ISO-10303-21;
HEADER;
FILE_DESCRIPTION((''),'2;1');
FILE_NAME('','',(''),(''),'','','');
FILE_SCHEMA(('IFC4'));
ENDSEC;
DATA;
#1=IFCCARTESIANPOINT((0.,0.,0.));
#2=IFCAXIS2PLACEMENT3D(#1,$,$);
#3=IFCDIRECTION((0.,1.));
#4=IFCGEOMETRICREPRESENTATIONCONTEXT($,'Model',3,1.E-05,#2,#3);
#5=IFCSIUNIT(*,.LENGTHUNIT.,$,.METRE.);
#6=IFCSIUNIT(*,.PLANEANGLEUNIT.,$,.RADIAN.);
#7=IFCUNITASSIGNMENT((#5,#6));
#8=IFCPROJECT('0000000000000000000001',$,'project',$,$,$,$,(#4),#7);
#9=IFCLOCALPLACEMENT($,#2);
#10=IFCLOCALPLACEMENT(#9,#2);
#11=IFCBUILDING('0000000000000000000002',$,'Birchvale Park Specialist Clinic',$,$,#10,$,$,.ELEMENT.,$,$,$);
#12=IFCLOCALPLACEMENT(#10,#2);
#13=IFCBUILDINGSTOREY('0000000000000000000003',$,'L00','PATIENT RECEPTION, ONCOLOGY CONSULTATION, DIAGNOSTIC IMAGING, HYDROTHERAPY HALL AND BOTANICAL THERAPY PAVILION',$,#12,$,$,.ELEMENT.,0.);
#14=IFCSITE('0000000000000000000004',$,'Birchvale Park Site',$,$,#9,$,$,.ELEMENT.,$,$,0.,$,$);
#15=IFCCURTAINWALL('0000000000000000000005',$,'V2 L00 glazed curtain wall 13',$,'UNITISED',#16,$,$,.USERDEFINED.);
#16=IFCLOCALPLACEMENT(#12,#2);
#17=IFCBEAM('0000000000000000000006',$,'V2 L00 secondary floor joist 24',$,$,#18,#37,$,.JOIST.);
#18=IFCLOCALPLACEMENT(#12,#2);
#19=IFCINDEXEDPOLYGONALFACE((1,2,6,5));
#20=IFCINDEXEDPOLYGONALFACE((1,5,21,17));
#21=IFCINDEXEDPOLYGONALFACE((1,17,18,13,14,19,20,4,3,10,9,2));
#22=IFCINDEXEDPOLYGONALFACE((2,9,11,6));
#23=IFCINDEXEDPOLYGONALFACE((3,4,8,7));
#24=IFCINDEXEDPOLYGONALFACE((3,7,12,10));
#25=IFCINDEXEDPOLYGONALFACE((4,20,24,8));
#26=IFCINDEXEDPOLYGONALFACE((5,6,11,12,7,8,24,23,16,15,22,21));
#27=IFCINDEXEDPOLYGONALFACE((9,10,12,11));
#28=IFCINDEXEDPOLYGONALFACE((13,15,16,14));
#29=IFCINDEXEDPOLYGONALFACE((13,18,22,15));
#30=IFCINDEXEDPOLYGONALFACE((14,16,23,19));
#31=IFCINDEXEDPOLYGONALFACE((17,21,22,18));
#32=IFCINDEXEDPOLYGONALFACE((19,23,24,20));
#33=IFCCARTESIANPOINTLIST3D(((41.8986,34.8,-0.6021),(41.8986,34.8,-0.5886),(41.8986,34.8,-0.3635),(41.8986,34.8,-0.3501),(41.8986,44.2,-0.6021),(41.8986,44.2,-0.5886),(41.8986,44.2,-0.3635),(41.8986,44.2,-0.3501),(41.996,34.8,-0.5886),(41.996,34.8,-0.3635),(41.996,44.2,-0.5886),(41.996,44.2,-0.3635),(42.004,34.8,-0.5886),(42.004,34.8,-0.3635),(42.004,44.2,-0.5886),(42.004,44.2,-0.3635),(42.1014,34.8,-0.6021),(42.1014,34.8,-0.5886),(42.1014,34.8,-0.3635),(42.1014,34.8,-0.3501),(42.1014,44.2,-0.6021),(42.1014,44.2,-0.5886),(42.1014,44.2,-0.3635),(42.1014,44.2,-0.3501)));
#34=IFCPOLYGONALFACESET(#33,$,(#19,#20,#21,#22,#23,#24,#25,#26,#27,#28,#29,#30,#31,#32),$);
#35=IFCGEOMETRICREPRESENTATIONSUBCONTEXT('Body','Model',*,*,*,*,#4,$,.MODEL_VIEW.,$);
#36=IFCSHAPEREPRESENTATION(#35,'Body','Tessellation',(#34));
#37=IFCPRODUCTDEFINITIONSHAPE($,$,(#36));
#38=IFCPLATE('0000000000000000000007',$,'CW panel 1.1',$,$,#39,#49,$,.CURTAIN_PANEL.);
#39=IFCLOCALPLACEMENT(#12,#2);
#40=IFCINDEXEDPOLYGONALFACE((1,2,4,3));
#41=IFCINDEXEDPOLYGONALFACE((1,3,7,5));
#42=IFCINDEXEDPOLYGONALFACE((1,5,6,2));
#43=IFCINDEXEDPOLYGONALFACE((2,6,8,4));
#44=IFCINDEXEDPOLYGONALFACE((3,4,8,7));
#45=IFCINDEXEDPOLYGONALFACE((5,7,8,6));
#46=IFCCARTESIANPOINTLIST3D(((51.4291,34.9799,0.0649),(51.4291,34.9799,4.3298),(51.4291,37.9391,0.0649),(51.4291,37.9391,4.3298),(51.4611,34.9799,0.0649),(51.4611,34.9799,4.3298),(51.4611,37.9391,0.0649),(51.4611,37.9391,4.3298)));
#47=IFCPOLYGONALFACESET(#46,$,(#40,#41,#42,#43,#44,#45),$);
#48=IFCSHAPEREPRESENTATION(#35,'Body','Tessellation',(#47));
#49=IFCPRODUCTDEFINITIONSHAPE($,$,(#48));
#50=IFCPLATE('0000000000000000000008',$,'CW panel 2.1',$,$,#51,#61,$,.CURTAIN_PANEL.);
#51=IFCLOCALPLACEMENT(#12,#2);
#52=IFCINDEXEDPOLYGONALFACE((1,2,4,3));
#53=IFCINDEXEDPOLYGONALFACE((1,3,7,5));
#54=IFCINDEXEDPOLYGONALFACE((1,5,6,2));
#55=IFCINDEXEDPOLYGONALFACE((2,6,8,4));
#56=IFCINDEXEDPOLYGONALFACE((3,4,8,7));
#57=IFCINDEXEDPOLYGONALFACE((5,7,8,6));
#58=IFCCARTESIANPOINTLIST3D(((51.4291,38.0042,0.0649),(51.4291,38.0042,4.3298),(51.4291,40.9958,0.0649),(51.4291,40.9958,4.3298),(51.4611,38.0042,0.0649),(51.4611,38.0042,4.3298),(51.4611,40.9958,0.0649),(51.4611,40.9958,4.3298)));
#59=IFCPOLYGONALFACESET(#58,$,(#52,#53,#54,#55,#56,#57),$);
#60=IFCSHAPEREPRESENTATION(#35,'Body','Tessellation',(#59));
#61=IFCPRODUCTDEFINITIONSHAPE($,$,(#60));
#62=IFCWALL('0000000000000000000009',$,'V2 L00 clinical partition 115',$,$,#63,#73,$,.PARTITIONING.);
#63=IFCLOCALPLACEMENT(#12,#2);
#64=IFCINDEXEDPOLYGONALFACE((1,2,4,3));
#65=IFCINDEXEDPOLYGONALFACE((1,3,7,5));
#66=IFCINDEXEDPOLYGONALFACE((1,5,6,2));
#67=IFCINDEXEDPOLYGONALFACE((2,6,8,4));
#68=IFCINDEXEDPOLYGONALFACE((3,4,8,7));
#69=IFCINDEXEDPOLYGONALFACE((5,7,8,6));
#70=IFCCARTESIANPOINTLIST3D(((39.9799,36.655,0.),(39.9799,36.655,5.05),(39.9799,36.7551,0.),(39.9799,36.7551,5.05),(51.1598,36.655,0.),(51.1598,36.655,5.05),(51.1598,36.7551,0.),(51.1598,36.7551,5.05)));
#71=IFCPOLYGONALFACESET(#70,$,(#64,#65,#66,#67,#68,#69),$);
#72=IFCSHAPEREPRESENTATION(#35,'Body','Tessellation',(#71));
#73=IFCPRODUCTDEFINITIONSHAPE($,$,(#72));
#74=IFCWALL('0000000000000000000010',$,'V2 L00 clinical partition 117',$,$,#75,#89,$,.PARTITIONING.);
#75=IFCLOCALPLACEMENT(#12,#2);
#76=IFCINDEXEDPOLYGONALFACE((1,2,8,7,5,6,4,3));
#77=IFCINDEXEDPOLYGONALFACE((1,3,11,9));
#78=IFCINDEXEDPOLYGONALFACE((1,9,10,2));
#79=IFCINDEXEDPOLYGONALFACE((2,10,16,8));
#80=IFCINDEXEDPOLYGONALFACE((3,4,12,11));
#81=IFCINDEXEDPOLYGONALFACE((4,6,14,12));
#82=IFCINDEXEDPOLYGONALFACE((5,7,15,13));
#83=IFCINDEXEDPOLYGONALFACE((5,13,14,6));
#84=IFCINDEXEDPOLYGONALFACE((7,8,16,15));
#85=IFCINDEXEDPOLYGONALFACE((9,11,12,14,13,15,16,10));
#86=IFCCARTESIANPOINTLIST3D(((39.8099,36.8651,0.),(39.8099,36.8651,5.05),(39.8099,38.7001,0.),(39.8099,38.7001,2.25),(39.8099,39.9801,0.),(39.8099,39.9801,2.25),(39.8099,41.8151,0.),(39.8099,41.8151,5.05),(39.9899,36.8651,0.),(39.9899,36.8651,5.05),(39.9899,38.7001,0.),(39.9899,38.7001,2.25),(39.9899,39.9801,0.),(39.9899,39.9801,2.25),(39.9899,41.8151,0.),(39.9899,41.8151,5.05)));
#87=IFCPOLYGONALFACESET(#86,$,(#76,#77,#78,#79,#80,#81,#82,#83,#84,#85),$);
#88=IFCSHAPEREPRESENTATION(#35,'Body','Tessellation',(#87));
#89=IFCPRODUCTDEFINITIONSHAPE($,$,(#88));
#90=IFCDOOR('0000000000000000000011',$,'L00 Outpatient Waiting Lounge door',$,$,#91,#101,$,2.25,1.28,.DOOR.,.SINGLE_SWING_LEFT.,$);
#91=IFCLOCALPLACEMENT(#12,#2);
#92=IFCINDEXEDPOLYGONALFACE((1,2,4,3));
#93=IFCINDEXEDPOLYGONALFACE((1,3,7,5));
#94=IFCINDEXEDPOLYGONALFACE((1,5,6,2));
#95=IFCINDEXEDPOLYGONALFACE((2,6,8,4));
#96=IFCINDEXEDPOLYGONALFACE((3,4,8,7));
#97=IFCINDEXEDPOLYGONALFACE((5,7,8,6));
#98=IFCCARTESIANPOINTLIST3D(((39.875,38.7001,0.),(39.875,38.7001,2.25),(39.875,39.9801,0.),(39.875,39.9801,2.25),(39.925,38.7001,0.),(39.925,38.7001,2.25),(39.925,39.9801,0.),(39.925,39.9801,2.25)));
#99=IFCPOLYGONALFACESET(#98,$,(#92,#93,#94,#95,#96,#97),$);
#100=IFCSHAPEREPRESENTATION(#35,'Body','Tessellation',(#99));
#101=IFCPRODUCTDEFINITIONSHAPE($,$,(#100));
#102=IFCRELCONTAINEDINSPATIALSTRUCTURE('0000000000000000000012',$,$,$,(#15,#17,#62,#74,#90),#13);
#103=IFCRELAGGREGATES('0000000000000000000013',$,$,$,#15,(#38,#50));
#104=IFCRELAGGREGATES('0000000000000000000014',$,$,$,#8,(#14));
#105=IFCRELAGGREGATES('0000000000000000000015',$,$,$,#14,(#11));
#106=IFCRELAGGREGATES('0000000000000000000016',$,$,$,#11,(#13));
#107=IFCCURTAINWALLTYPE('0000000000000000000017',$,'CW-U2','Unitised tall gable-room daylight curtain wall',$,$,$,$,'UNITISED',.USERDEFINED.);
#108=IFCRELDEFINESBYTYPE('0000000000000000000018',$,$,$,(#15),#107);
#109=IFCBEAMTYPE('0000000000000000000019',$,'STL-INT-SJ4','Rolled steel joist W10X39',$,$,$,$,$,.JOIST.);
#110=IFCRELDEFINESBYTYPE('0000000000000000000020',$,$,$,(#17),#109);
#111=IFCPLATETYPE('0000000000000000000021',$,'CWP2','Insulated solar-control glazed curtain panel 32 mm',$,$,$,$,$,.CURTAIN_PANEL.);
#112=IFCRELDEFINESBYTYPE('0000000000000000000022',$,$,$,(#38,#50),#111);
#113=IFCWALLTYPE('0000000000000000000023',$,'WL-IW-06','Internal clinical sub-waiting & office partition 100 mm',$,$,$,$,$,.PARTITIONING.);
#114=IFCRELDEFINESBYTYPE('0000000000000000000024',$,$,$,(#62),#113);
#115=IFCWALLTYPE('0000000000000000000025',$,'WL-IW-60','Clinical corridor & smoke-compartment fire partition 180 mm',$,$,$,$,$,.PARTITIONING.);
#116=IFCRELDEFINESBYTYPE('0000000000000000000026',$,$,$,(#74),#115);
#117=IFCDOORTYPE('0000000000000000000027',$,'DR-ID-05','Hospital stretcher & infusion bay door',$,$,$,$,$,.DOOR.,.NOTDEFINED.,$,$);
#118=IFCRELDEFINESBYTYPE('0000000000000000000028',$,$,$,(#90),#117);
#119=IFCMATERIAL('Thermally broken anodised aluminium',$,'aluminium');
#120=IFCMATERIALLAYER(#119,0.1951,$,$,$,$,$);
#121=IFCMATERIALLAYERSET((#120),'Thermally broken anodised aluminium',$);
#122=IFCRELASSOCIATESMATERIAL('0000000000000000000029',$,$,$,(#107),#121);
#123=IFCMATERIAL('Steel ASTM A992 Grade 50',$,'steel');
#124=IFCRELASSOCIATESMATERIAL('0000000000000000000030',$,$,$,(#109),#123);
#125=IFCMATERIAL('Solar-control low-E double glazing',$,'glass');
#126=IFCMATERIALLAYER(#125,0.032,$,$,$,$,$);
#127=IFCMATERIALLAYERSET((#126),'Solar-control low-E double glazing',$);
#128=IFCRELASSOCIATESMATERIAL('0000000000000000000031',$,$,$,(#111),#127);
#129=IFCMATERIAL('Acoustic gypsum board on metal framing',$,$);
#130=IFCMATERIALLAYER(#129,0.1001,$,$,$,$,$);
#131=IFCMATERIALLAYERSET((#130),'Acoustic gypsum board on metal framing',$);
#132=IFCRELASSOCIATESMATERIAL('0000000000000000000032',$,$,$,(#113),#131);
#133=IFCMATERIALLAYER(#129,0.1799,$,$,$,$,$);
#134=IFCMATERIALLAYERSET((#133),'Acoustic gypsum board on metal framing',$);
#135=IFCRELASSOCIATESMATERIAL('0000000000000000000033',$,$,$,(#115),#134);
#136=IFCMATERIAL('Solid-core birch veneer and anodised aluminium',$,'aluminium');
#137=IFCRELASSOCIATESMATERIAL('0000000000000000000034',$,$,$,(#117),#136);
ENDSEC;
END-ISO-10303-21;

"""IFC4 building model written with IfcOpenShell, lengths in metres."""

from ifc_helpers import new_model, si_unit, direction, frame, frame_2d, origin, origin_2d, place, context, subcontext, project, spatial, rectangle, i_section, extrude, material, layer, layer_set, material_profile, profile_set, type_object, element, fill, aggregate, save


model = new_model("IFC4")

# Units and contexts
model_context = context("Model", 3, precision=1e-05, world=origin(), true_north=direction((0.0, 1.0)))
body_context = subcontext(model_context, "Body", "Model", "MODEL_VIEW")
ifc_project = project(units=[si_unit("LENGTHUNIT", "METRE"), si_unit("PLANEANGLEUNIT", "RADIAN")], contexts=[model_context])

# Site, building, storey
site_placement = place(None, origin())
site = spatial("IfcSite", under=ifc_project, at=site_placement, Name="Birchvale Park Site", CompositionType="ELEMENT", RefElevation=0.0)
building_placement = place(site_placement, origin())
building = spatial("IfcBuilding", under=site, at=building_placement, Name="Birchvale Park Specialist Clinic", CompositionType="ELEMENT")
storey_placement = place(building_placement, origin())
storey = spatial("IfcBuildingStorey", under=building, at=storey_placement, Name="L00", Description="PATIENT RECEPTION, ONCOLOGY CONSULTATION, DIAGNOSTIC IMAGING, HYDROTHERAPY HALL AND BOTANICAL THERAPY PAVILION", CompositionType="ELEMENT", Elevation=0.0)

# Curtain wall
ifc_material_1 = material(Name="Thermally broken anodised aluminium", Category="aluminium")
ifc_layer_1 = layer(ifc_material_1, 0.1951)
ifc_layer_set_1 = layer_set([ifc_layer_1], Name="Thermally broken anodised aluminium")
curtain_wall_type = type_object("IfcCurtainWallType", Name="CW-U2", Description="Unitised tall gable-room daylight curtain wall", ElementType="UNITISED", PredefinedType="USERDEFINED", material=ifc_layer_set_1)
curtain_wall_placement = place(storey_placement, origin())
curtain_wall = element("IfcCurtainWall", 1, at=curtain_wall_placement, inside=storey, type_object=curtain_wall_type, Name="V2 L00 glazed curtain wall 13", ObjectType="UNITISED", PredefinedType="USERDEFINED")

# Beam
ifc_material_2 = material(Name="Steel ASTM A992 Grade 50", Category="steel")
ifc_material_profile_1 = material_profile(ifc_material_2, i_section(OverallWidth=0.2029, OverallDepth=0.252, WebThickness=0.0081, FlangeThickness=0.0134, at=origin_2d()), Name="W10X39")
ifc_profile_set_1 = profile_set([ifc_material_profile_1], Name="Steel ASTM A992 Grade 50")
beam_type_1 = type_object("IfcBeamType", Name="STL-INT-SJ4", Description="Rolled steel joist W10X39", PredefinedType="JOIST", material=ifc_profile_set_1)
beam_1_placement = place(storey_placement, frame((42.0, 34.8, -0.4761), z_axis=(0.0, 1.0, 0.0), x_axis=(-1.0, 0.0, 0.0)))
element("IfcBeam", 2, at=beam_1_placement, inside=storey, type_object=beam_type_1, Name="V2 L00 secondary floor joist 24", PredefinedType="JOIST", context=body_context, shape_type="SweptSolid", body=[
    extrude(i_section(OverallWidth=0.2029, OverallDepth=0.252, WebThickness=0.0081, FlangeThickness=0.0134, at=origin_2d()), origin(), (0.0, 0.0, 1.0), 9.3999),
])

# Plates
ifc_material_3 = material(Name="Solar-control low-E double glazing", Category="glass")
ifc_layer_2 = layer(ifc_material_3, 0.032)
ifc_layer_set_2 = layer_set([ifc_layer_2], Name="Solar-control low-E double glazing")
plate_type = type_object("IfcPlateType", Name="CWP2", Description="Insulated solar-control glazed curtain panel 32 mm", PredefinedType="CURTAIN_PANEL", material=ifc_layer_set_2)
plate_1_placement = place(storey_placement, frame((51.4451, 36.4595, 0.0649), z_axis=(0.0, 0.0, 1.0), x_axis=(0.0, 1.0, 0.0)))
plate_1 = element("IfcPlate", 3, at=plate_1_placement, type_object=plate_type, Name="CW panel 1.1", PredefinedType="CURTAIN_PANEL", context=body_context, shape_type="SweptSolid", body=[
    extrude(rectangle(XDim=2.9592, YDim=0.032, at=origin_2d()), origin(), (0.0, 0.0, 1.0), 4.2649),
])
plate_2_placement = place(storey_placement, frame((51.4451, 39.5, 0.0649), z_axis=(0.0, 0.0, 1.0), x_axis=(0.0, 1.0, 0.0)))
plate_2 = element("IfcPlate", 4, at=plate_2_placement, type_object=plate_type, Name="CW panel 2.1", PredefinedType="CURTAIN_PANEL", context=body_context, shape_type="SweptSolid", body=[
    extrude(rectangle(XDim=2.9917, YDim=0.032, at=origin_2d()), origin(), (0.0, 0.0, 1.0), 4.2649),
])
aggregate(curtain_wall, [plate_1, plate_2])

# Wall
ifc_material_4 = material(Name="Acoustic gypsum board on metal framing")
ifc_layer_3 = layer(ifc_material_4, 0.1001)
ifc_layer_set_3 = layer_set([ifc_layer_3], Name="Acoustic gypsum board on metal framing")
wall_type_1 = type_object("IfcWallType", Name="WL-IW-06", Description="Internal clinical sub-waiting & office partition 100 mm", PredefinedType="PARTITIONING", material=ifc_layer_set_3)
wall_1_placement = place(storey_placement, frame((39.98, 36.7051, 0.0), z_axis=(0.0, 0.0, 1.0), x_axis=(1.0, 0.0, 0.0)))
element("IfcWall", 5, at=wall_1_placement, inside=storey, type_object=wall_type_1, Name="V2 L00 clinical partition 115", PredefinedType="PARTITIONING", context=body_context, shape_type="SweptSolid", body=[
    extrude(rectangle(XDim=11.1799, YDim=0.1001, at=frame_2d((5.5898, 0.0))), origin(), (0.0, 0.0, 1.0), 5.05),
])

# Wall, opening, door
ifc_layer_4 = layer(ifc_material_4, 0.1799)
ifc_layer_set_4 = layer_set([ifc_layer_4], Name="Acoustic gypsum board on metal framing")
wall_type_2 = type_object("IfcWallType", Name="WL-IW-60", Description="Clinical corridor & smoke-compartment fire partition 180 mm", PredefinedType="PARTITIONING", material=ifc_layer_set_4)
wall_2_placement = place(storey_placement, frame((39.8999, 36.865, 0.0), z_axis=(0.0, 0.0, 1.0), x_axis=(0.0, 1.0, 0.0)))
wall_2 = element("IfcWall", 6, at=wall_2_placement, inside=storey, type_object=wall_type_2, Name="V2 L00 clinical partition 117", PredefinedType="PARTITIONING", context=body_context, shape_type="SweptSolid", body=[
    extrude(rectangle(XDim=4.95, YDim=0.1799, at=frame_2d((2.4751, 0.0))), origin(), (0.0, 0.0, 1.0), 5.05),
])
opening_placement = place(wall_2_placement, frame((1.835, 0.0, 0.0)))
opening = element("IfcOpeningElement", 7, at=opening_placement, cuts=wall_2, PredefinedType="OPENING", context=body_context, shape_type="SweptSolid", body=[
    extrude(rectangle(XDim=1.28, YDim=2.25, at=frame_2d((0.6401, 1.125))), frame((0.0, 0.1001, 0.0), z_axis=(0.0, -1.0, 0.0), x_axis=(1.0, 0.0, 0.0)), (0.0, 0.0, 1.0), 0.2),
])
ifc_material_5 = material(Name="Solid-core birch veneer and anodised aluminium", Category="aluminium")
door_type = type_object("IfcDoorType", Name="DR-ID-05", Description="Hospital stretcher & infusion bay door", OperationType="NOTDEFINED", PredefinedType="DOOR", material=ifc_material_5)
door_placement = place(opening_placement, origin())
door = element("IfcDoor", 8, at=door_placement, inside=storey, type_object=door_type, Name="L00 Outpatient Waiting Lounge door", OperationType="SINGLE_SWING_LEFT", OverallHeight=2.25, OverallWidth=1.28, PredefinedType="DOOR", context=body_context, shape_type="SweptSolid", body=[
    extrude(rectangle(XDim=1.28, YDim=2.25, at=frame_2d((0.6401, 1.125))), frame((0.0, 0.0249, 0.0), z_axis=(0.0, -1.0, 0.0), x_axis=(1.0, 0.0, 0.0)), (0.0, 0.0, 1.0), 0.05),
])
fill(opening, door)

save(model, "model.ifc")
